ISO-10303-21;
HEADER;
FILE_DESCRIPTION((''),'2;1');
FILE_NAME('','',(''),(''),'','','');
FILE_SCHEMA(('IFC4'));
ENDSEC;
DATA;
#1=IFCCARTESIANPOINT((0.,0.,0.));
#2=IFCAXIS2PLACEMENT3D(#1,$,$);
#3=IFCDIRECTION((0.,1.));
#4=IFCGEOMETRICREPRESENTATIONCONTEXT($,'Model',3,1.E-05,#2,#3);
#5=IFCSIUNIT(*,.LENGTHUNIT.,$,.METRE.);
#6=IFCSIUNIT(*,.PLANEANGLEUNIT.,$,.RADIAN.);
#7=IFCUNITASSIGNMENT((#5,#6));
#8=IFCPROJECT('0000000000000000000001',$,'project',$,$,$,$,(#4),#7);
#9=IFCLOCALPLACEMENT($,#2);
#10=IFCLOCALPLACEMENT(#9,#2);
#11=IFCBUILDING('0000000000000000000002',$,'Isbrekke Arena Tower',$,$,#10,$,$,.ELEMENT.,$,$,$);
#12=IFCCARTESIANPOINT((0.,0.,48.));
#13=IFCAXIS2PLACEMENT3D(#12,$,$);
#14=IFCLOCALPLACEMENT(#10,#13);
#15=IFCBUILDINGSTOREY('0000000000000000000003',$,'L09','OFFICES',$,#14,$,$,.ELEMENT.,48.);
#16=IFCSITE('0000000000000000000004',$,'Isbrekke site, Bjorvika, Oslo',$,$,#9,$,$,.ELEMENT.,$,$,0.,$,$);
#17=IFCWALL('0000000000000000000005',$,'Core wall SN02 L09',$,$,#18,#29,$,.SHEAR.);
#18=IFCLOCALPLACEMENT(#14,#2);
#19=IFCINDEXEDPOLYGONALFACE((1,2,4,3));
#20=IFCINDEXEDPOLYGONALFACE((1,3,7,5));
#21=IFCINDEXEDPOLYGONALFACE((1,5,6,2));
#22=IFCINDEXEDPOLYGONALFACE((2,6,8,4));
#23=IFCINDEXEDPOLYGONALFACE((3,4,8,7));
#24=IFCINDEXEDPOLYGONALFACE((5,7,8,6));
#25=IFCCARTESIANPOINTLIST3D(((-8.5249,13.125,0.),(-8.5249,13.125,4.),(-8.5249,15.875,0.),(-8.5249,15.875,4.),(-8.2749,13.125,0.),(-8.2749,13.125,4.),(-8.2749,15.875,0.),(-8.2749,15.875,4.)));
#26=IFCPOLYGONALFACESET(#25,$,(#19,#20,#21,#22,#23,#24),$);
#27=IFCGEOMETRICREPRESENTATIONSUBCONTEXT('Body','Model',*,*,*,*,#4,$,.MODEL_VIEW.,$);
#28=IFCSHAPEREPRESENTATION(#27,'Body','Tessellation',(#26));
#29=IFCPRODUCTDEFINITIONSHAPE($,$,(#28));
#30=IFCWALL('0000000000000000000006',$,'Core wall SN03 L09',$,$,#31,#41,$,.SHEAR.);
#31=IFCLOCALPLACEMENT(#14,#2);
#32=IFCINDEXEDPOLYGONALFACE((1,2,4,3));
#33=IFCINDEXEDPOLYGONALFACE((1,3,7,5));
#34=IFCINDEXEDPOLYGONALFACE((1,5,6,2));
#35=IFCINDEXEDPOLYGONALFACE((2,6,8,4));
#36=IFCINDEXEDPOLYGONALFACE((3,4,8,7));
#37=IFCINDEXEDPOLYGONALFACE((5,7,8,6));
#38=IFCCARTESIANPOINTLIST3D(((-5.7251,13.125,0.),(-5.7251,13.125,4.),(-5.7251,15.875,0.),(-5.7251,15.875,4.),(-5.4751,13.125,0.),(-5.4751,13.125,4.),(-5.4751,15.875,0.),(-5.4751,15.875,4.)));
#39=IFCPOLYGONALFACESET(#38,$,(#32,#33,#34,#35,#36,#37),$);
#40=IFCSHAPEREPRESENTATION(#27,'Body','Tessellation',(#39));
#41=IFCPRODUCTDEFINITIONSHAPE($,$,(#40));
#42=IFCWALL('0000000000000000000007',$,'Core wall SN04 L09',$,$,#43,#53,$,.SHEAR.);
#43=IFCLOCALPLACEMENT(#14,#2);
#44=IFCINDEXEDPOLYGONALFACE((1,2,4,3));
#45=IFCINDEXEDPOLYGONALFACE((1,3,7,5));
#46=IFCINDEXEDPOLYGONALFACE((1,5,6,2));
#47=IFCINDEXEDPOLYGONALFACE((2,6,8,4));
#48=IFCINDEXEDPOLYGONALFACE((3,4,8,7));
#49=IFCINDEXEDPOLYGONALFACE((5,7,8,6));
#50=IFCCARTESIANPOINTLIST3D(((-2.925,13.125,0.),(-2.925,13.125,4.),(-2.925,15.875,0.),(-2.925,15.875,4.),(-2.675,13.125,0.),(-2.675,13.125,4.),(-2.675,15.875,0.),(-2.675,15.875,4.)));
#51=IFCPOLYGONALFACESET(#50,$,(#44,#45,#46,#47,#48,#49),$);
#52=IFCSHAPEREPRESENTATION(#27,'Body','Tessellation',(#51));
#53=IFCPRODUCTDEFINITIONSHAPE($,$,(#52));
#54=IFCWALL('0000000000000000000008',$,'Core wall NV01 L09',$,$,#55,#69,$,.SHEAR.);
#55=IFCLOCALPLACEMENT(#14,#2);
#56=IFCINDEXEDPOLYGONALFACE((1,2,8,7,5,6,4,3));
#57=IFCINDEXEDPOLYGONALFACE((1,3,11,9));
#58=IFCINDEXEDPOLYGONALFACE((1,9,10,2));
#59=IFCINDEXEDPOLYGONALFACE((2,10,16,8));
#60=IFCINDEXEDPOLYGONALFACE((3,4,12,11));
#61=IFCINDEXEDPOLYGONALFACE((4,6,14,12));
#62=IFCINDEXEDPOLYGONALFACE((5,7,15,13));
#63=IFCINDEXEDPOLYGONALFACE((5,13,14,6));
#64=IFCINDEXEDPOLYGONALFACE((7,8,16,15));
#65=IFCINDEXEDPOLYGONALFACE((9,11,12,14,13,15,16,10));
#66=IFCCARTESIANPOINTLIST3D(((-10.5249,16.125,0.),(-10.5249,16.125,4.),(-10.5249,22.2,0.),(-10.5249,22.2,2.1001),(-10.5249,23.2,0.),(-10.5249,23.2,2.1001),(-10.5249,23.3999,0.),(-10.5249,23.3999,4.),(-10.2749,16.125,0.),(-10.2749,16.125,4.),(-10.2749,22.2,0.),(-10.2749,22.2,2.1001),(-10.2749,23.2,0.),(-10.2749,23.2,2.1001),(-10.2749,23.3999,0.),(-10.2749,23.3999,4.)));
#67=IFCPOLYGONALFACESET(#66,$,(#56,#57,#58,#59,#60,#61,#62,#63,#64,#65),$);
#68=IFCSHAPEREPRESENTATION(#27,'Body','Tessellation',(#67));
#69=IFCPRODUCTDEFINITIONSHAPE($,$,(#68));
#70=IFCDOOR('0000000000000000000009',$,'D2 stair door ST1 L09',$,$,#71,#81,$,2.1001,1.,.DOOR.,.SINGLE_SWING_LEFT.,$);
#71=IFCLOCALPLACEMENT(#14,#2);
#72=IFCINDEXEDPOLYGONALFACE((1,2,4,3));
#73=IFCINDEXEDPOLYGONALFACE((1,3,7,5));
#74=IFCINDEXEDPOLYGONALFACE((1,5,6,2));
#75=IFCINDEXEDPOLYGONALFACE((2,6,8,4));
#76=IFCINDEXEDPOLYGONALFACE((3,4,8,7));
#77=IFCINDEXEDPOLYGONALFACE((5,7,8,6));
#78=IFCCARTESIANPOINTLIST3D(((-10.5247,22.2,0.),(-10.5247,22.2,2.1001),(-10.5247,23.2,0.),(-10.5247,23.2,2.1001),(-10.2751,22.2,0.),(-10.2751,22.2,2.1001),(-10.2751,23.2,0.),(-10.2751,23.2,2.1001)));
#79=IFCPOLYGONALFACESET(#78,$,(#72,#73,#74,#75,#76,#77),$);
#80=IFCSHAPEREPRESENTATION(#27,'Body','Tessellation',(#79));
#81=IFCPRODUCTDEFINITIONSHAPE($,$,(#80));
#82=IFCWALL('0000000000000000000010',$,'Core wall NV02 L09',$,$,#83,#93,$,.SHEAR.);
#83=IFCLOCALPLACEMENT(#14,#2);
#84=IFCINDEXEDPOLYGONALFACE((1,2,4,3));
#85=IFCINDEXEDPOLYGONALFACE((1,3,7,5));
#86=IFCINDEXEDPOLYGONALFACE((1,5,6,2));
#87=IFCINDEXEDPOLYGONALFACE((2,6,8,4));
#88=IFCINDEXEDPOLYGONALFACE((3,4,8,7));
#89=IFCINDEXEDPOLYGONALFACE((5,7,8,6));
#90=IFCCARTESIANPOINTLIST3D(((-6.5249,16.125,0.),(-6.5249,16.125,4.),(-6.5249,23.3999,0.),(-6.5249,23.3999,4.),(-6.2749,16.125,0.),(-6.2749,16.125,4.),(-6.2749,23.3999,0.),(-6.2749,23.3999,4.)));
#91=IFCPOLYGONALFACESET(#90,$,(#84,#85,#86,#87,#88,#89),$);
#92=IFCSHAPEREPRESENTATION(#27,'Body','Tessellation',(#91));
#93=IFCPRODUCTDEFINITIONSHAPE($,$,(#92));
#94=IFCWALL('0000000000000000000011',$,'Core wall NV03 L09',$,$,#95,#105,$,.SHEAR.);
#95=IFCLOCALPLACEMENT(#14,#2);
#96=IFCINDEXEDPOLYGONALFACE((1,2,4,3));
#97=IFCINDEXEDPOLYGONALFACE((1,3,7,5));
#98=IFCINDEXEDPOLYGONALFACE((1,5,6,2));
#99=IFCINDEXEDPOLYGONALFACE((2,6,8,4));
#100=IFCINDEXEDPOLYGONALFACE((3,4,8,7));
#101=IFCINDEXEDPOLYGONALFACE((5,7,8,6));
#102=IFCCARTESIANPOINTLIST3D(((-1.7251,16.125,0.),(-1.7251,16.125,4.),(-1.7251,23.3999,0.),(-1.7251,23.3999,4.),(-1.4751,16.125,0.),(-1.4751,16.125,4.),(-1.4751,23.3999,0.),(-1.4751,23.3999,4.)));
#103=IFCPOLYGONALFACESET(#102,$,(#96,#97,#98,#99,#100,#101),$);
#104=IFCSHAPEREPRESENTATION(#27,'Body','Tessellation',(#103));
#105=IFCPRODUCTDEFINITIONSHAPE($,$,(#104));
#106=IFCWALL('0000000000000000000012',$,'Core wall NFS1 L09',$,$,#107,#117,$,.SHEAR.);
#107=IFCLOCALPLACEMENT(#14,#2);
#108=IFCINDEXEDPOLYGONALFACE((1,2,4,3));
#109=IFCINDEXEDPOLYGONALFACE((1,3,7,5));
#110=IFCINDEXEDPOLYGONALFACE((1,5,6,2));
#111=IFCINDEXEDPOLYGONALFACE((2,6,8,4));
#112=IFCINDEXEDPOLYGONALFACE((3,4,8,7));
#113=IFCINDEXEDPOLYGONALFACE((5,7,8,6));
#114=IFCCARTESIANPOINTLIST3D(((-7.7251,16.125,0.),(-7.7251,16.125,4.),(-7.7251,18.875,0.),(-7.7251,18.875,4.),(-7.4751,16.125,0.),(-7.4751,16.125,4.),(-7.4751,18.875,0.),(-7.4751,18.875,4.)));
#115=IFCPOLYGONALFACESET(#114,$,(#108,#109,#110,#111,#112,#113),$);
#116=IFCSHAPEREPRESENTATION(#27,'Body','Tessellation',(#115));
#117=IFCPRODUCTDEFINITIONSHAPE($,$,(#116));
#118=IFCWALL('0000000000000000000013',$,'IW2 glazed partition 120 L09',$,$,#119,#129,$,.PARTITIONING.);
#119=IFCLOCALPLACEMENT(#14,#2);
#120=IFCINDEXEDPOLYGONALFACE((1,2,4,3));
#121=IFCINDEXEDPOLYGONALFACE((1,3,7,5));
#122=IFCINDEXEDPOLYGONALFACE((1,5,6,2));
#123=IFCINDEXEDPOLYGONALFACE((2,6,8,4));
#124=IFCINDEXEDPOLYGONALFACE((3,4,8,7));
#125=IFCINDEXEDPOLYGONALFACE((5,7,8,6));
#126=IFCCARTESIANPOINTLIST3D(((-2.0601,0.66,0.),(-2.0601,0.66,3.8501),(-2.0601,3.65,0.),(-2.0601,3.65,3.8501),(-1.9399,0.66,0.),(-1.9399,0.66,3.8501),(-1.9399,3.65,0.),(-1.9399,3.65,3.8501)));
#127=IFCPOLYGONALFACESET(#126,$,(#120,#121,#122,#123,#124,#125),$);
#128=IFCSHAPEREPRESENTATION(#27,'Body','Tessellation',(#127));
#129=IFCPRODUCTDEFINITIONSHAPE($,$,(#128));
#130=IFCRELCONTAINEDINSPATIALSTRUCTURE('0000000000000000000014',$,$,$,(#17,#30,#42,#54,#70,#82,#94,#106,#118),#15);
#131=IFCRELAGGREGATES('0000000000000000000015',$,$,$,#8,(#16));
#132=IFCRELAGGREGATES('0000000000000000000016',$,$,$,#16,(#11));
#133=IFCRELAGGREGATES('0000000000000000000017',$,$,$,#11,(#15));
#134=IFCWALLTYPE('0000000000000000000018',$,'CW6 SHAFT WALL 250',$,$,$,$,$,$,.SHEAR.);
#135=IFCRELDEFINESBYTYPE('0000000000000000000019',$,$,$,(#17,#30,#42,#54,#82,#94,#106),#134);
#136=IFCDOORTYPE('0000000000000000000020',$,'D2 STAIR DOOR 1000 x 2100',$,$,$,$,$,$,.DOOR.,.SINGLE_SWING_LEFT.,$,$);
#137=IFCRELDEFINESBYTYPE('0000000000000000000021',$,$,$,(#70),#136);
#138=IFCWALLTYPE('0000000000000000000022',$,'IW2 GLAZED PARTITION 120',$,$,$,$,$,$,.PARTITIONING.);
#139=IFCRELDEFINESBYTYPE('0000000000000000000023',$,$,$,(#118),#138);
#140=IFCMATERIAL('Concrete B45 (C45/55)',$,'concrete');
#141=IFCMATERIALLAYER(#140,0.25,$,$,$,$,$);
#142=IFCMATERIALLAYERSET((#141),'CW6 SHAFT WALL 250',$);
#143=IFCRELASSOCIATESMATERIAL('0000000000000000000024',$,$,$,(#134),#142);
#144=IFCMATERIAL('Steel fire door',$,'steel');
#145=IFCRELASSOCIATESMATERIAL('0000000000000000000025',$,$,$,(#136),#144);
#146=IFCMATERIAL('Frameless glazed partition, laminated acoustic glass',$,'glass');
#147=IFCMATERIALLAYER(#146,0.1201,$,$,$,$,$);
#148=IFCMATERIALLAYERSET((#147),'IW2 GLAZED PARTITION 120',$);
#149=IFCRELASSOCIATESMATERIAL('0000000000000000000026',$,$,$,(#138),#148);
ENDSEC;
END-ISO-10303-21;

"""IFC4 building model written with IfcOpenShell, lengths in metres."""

from ifc_helpers import new_model, si_unit, direction, frame, frame_2d, origin, place, context, subcontext, project, spatial, rectangle, extrude, material, layer, layer_set, type_object, element, fill, save


model = new_model("IFC4")

# Units and contexts
model_context = context("Model", 3, precision=1e-05, world=origin(), true_north=direction((0.0, 1.0)))
body_context = subcontext(model_context, "Body", "Model", "MODEL_VIEW")
ifc_project = project(units=[si_unit("LENGTHUNIT", "METRE"), si_unit("PLANEANGLEUNIT", "RADIAN")], contexts=[model_context])

# Site, building, storey
site_placement = place(None, origin())
site = spatial("IfcSite", under=ifc_project, at=site_placement, Name="Isbrekke site, Bjorvika, Oslo", CompositionType="ELEMENT", RefElevation=0.0)
building_placement = place(site_placement, origin())
building = spatial("IfcBuilding", under=site, at=building_placement, Name="Isbrekke Arena Tower", CompositionType="ELEMENT")
storey_placement = place(building_placement, frame((0.0, 0.0, 48.0)))
storey = spatial("IfcBuildingStorey", under=building, at=storey_placement, Name="L09", Description="OFFICES", CompositionType="ELEMENT", Elevation=48.0)

# Shared definitions
ifc_material_1 = material(Name="Concrete B45 (C45/55)", Category="concrete")
ifc_layer_1 = layer(ifc_material_1, 0.25)
ifc_layer_set_1 = layer_set([ifc_layer_1], Name="CW6 SHAFT WALL 250")
wall_type_1 = type_object("IfcWallType", Name="CW6 SHAFT WALL 250", PredefinedType="SHEAR", material=ifc_layer_set_1)

# Walls
for number, where, z_axis, x_axis, name in (
    (1, (-8.3999, 13.125, 0.0), (0.0, 0.0, 1.0), (0.0, 1.0, 0.0), "Core wall SN02 L09"),
    (2, (-5.6001, 13.125, 0.0), (0.0, 0.0, 1.0), (0.0, 1.0, 0.0), "Core wall SN03 L09"),
    (3, (-2.8, 13.125, 0.0), (0.0, 0.0, 1.0), (0.0, 1.0, 0.0), "Core wall SN04 L09"),
):
    element("IfcWall", number, at=place(storey_placement, frame(where, z_axis=z_axis, x_axis=x_axis)), inside=storey, type_object=wall_type_1, Name=name, PredefinedType="SHEAR", context=body_context, shape_type="SweptSolid", body=[
        extrude(rectangle(XDim=2.75, YDim=0.25, at=frame_2d((1.375, 0.0))), origin(), (0.0, 0.0, 1.0), 4.0),
    ])

# Wall, opening, door
wall_1_placement = place(storey_placement, frame((-10.3999, 16.125, 0.0), z_axis=(0.0, 0.0, 1.0), x_axis=(0.0, 1.0, 0.0)))
wall_1 = element("IfcWall", 4, at=wall_1_placement, inside=storey, type_object=wall_type_1, Name="Core wall NV01 L09", PredefinedType="SHEAR", context=body_context, shape_type="SweptSolid", body=[
    extrude(rectangle(XDim=7.2749, YDim=0.25, at=frame_2d((3.6375, 0.0))), origin(), (0.0, 0.0, 1.0), 4.0),
])
opening_1_placement = place(wall_1_placement, frame((6.075, 0.0, 0.0)))
opening_1 = element("IfcOpeningElement", 5, at=opening_1_placement, cuts=wall_1, PredefinedType="OPENING", context=body_context, shape_type="SweptSolid", body=[
    extrude(rectangle(XDim=1.0, YDim=2.1001, at=frame_2d((0.5, 1.05))), frame((0.0, 0.1399, 0.0), z_axis=(0.0, -1.0, 0.0), x_axis=(1.0, 0.0, 0.0)), (0.0, 0.0, 1.0), 0.2798),
])
ifc_material_2 = material(Name="Steel fire door", Category="steel")
door_type_1 = type_object("IfcDoorType", Name="D2 STAIR DOOR 1000 x 2100", OperationType="SINGLE_SWING_LEFT", PredefinedType="DOOR", material=ifc_material_2)
door_1_placement = place(opening_1_placement, origin())
door_1 = element("IfcDoor", 6, at=door_1_placement, inside=storey, type_object=door_type_1, Name="D2 stair door ST1 L09", OperationType="SINGLE_SWING_LEFT", OverallHeight=2.1001, OverallWidth=1.0, PredefinedType="DOOR", context=body_context, shape_type="SweptSolid", body=[
    extrude(rectangle(XDim=1.0, YDim=2.1001, at=frame_2d((0.5, 1.05))), frame((0.0, 0.1248, 0.0), z_axis=(0.0, -1.0, 0.0), x_axis=(1.0, 0.0, 0.0)), (0.0, 0.0, 1.0), 0.2495),
])
fill(opening_1, door_1)

# Walls
for number, where, z_axis, x_axis, name in (
    (7, (-6.3999, 16.125, 0.0), (0.0, 0.0, 1.0), (0.0, 1.0, 0.0), "Core wall NV02 L09"),
    (8, (-1.6001, 16.125, 0.0), (0.0, 0.0, 1.0), (0.0, 1.0, 0.0), "Core wall NV03 L09"),
):
    element("IfcWall", number, at=place(storey_placement, frame(where, z_axis=z_axis, x_axis=x_axis)), inside=storey, type_object=wall_type_1, Name=name, PredefinedType="SHEAR", context=body_context, shape_type="SweptSolid", body=[
        extrude(rectangle(XDim=7.2749, YDim=0.25, at=frame_2d((3.6375, 0.0))), origin(), (0.0, 0.0, 1.0), 4.0),
    ])
wall_2_placement = place(storey_placement, frame((-7.6001, 16.125, 0.0), z_axis=(0.0, 0.0, 1.0), x_axis=(0.0, 1.0, 0.0)))
element("IfcWall", 9, at=wall_2_placement, inside=storey, type_object=wall_type_1, Name="Core wall NFS1 L09", PredefinedType="SHEAR", context=body_context, shape_type="SweptSolid", body=[
    extrude(rectangle(XDim=2.75, YDim=0.25, at=frame_2d((1.375, 0.0))), origin(), (0.0, 0.0, 1.0), 4.0),
])

# Shared definitions
ifc_material_3 = material(Name="Frameless glazed partition, laminated acoustic glass", Category="glass")
ifc_layer_2 = layer(ifc_material_3, 0.1201)
ifc_layer_set_2 = layer_set([ifc_layer_2], Name="IW2 GLAZED PARTITION 120")
wall_type_2 = type_object("IfcWallType", Name="IW2 GLAZED PARTITION 120", PredefinedType="PARTITIONING", material=ifc_layer_set_2)

# Wall
wall_3_placement = place(storey_placement, frame((-2.0, 0.6599, 0.0), z_axis=(0.0, 0.0, 1.0), x_axis=(0.0, 1.0, 0.0)))
element("IfcWall", 10, at=wall_3_placement, inside=storey, type_object=wall_type_2, Name="IW2 glazed partition 120 L09", PredefinedType="PARTITIONING", context=body_context, shape_type="SweptSolid", body=[
    extrude(rectangle(XDim=2.99, YDim=0.1201, at=frame_2d((1.4951, 0.0))), origin(), (0.0, 0.0, 1.0), 3.8501),
])

save(model, "model.ifc")
